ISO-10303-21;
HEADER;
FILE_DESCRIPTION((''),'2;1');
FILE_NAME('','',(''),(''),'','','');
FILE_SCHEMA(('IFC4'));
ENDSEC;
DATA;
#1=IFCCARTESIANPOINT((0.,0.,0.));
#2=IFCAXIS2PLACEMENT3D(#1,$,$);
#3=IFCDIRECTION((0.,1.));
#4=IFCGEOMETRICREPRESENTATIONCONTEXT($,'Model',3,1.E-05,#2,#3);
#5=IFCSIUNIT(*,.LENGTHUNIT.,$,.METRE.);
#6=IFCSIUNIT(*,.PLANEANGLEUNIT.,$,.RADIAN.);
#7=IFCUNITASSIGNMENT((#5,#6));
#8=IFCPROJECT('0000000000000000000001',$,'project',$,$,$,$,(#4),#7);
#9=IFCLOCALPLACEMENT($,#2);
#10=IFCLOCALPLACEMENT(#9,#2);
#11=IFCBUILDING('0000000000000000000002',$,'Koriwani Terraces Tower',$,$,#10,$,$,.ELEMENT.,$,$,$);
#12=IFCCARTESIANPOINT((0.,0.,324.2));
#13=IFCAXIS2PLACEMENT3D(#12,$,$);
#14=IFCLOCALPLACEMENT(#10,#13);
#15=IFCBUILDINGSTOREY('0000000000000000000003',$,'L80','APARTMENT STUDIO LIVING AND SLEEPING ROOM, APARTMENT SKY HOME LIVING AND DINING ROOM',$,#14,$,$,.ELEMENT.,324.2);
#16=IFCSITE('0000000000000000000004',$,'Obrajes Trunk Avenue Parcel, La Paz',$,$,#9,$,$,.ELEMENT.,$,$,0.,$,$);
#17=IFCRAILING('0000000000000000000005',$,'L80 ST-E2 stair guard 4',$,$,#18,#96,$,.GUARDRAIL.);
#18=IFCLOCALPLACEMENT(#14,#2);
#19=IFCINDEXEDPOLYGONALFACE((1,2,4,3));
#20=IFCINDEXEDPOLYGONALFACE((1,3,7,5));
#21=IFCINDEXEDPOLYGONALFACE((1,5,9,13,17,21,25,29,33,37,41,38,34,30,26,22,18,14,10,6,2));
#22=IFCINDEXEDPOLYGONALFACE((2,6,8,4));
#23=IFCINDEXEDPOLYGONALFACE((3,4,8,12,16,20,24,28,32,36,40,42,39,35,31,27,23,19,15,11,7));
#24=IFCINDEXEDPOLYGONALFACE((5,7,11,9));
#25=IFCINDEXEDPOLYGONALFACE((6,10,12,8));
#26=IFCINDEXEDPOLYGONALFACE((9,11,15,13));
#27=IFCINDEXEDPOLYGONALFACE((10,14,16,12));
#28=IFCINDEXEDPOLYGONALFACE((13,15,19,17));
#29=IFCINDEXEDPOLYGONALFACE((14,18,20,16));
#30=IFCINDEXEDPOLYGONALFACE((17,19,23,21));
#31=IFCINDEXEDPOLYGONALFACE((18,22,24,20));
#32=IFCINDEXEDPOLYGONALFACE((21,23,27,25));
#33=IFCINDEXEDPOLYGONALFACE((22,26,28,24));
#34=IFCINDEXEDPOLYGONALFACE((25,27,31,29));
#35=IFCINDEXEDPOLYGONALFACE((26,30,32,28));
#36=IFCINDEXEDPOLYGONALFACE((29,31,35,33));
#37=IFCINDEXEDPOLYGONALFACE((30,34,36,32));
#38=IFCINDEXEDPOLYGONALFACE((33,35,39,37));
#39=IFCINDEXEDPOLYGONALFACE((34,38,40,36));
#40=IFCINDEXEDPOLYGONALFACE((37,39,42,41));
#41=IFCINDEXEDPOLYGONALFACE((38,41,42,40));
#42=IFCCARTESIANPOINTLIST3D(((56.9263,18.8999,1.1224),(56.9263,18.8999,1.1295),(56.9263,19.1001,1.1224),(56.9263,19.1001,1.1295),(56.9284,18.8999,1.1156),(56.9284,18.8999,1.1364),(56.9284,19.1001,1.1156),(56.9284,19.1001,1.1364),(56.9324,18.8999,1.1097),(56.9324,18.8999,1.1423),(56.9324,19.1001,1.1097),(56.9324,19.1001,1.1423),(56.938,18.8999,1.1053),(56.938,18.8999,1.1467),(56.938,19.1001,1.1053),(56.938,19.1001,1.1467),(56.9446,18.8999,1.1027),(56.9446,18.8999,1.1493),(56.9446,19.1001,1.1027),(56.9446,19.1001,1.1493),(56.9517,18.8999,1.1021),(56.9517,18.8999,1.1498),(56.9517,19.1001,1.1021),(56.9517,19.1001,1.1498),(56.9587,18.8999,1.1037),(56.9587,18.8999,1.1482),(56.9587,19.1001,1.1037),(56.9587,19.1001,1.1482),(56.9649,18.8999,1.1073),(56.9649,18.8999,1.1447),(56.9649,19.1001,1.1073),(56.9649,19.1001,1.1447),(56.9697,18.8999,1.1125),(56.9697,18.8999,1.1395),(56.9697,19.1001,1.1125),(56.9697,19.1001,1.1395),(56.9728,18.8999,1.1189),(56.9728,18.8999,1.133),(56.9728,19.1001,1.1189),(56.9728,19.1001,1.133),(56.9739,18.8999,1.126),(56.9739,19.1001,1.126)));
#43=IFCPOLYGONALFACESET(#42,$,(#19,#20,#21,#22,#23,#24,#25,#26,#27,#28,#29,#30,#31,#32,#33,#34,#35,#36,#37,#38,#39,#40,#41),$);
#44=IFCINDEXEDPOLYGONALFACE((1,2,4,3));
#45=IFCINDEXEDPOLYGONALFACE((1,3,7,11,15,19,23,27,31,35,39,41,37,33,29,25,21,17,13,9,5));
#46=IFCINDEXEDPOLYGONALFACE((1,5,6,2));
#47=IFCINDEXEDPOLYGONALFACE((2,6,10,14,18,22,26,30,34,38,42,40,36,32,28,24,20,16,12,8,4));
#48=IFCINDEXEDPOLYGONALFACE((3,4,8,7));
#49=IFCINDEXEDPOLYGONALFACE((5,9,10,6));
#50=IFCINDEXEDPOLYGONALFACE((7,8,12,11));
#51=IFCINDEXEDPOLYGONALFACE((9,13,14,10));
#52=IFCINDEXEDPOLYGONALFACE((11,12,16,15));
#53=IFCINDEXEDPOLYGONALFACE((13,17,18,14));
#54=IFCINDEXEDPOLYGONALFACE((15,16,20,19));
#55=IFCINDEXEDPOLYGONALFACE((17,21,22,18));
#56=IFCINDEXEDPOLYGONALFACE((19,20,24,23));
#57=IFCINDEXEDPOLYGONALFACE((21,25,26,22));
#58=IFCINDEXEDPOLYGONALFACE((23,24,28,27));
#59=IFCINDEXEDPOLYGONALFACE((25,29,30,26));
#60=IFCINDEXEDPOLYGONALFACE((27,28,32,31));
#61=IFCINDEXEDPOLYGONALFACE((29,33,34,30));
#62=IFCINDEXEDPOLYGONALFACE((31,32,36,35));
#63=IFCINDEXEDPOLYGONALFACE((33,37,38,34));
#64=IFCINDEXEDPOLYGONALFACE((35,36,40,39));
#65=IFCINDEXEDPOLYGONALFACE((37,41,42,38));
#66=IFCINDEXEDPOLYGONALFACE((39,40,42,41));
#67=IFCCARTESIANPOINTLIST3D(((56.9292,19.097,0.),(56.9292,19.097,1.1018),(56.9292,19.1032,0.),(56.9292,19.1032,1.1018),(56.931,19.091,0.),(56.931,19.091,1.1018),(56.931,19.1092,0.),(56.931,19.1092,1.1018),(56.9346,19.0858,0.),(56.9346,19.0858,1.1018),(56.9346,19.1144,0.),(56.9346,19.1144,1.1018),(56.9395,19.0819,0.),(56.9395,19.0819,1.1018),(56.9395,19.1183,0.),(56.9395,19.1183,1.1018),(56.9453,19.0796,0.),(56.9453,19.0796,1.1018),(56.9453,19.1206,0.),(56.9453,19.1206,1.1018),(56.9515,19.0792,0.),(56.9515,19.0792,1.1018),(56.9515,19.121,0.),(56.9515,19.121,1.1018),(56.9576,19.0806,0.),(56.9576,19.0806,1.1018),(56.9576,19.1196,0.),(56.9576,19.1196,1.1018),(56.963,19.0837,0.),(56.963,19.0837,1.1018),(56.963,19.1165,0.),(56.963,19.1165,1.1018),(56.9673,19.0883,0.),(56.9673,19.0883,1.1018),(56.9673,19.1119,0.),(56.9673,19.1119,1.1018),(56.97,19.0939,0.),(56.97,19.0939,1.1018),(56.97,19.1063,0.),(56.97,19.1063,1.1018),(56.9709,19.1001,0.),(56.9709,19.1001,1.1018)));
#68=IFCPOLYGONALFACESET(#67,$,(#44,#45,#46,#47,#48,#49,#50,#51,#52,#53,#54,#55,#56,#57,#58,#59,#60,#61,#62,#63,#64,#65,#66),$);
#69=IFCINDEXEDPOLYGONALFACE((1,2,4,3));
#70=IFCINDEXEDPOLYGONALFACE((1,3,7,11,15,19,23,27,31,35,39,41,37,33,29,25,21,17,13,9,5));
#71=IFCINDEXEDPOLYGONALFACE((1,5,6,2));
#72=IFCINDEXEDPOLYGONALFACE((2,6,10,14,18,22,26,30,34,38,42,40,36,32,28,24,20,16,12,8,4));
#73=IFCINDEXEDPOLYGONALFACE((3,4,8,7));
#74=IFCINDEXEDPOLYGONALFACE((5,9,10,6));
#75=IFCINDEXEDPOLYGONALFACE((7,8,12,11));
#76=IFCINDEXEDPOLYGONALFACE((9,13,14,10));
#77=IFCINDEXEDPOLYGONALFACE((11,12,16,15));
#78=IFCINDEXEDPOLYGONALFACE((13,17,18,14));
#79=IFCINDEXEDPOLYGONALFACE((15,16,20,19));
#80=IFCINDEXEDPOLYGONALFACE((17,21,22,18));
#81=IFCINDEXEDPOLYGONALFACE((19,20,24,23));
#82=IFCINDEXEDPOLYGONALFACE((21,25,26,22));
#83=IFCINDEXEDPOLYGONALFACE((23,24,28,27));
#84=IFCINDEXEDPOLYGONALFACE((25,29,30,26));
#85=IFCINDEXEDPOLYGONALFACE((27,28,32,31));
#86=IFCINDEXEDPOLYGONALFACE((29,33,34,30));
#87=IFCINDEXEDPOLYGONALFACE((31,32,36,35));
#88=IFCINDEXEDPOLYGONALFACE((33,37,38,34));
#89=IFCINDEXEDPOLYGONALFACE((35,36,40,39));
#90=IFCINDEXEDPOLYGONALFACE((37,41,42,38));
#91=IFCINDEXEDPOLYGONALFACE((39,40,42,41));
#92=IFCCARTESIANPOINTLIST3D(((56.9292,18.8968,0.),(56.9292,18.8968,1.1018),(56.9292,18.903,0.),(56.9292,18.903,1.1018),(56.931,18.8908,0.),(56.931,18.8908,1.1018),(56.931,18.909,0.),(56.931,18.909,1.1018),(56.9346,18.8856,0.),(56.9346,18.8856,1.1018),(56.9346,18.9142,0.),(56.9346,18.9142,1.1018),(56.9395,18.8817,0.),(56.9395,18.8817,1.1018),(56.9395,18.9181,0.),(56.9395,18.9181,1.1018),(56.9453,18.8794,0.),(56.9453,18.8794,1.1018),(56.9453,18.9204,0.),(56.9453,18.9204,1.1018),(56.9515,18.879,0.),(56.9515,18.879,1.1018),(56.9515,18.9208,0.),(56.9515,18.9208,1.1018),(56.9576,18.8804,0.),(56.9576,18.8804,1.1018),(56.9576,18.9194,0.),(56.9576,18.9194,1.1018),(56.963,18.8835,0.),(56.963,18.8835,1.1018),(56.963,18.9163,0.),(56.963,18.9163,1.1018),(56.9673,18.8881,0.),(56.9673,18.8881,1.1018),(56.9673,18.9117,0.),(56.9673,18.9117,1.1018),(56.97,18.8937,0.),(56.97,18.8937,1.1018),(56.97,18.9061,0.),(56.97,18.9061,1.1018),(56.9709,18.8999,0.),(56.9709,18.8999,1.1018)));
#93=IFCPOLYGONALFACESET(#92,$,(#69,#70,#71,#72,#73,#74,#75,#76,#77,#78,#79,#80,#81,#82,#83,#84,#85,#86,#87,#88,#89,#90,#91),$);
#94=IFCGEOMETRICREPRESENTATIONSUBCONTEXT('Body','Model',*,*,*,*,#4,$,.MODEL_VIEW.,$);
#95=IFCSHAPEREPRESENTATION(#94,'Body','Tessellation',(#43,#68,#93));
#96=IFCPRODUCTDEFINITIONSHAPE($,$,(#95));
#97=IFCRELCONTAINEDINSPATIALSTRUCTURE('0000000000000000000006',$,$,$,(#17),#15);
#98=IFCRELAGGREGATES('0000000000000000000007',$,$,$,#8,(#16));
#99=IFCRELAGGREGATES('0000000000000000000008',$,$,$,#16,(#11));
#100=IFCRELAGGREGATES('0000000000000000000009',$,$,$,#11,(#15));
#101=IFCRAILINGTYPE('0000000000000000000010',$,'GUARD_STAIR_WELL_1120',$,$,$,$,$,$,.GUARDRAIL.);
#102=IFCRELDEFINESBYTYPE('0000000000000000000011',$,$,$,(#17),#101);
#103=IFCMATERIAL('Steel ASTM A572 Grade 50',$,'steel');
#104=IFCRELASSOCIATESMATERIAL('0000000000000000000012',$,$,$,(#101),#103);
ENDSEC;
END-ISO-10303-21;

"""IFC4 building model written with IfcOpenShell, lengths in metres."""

from ifc_helpers import new_model, si_unit, direction, frame, origin, origin_2d, place, context, subcontext, project, spatial, circle, extrude, material, type_object, element, save


model = new_model("IFC4")

# Units and contexts
model_context = context("Model", 3, precision=1e-05, world=origin(), true_north=direction((0.0, 1.0)))
body_context = subcontext(model_context, "Body", "Model", "MODEL_VIEW")
ifc_project = project(units=[si_unit("LENGTHUNIT", "METRE"), si_unit("PLANEANGLEUNIT", "RADIAN")], contexts=[model_context])

# Site, building, storey
site_placement = place(None, origin())
site = spatial("IfcSite", under=ifc_project, at=site_placement, Name="Obrajes Trunk Avenue Parcel, La Paz", CompositionType="ELEMENT", RefElevation=0.0)
building_placement = place(site_placement, origin())
building = spatial("IfcBuilding", under=site, at=building_placement, Name="Koriwani Terraces Tower", CompositionType="ELEMENT")
storey_placement = place(building_placement, frame((0.0, 0.0, 324.2)))
storey = spatial("IfcBuildingStorey", under=building, at=storey_placement, Name="L80", Description="APARTMENT STUDIO LIVING AND SLEEPING ROOM, APARTMENT SKY HOME LIVING AND DINING ROOM", CompositionType="ELEMENT", Elevation=324.2)

# Shared definitions
ifc_material_1 = material(Name="Steel ASTM A572 Grade 50", Category="steel")

# Railing
railing_type_1 = type_object("IfcRailingType", Name="GUARD_STAIR_WELL_1120", PredefinedType="GUARDRAIL", material=ifc_material_1)
railing_1_placement = place(storey_placement, frame((56.95, 19.1001, 0.0)))
element("IfcRailing", 1, at=railing_1_placement, inside=storey, type_object=railing_type_1, Name="L80 ST-E2 stair guard 4", PredefinedType="GUARDRAIL", context=body_context, shape_type="SweptSolid", body=[
    extrude(circle(Radius=0.0239, at=origin_2d()), frame((0.0, 0.0, 1.126), z_axis=(0.0, -1.0, 0.0), x_axis=(1.0, 0.0, 0.0)), (0.0, 0.0, 1.0), 0.2002),
    extrude(circle(Radius=0.021, at=origin_2d()), origin(), (0.0, 0.0, 1.0), 1.1018),
    extrude(circle(Radius=0.021, at=origin_2d()), frame((0.0, -0.2002, 0.0)), (0.0, 0.0, 1.0), 1.1018),
])

save(model, "model.ifc")
